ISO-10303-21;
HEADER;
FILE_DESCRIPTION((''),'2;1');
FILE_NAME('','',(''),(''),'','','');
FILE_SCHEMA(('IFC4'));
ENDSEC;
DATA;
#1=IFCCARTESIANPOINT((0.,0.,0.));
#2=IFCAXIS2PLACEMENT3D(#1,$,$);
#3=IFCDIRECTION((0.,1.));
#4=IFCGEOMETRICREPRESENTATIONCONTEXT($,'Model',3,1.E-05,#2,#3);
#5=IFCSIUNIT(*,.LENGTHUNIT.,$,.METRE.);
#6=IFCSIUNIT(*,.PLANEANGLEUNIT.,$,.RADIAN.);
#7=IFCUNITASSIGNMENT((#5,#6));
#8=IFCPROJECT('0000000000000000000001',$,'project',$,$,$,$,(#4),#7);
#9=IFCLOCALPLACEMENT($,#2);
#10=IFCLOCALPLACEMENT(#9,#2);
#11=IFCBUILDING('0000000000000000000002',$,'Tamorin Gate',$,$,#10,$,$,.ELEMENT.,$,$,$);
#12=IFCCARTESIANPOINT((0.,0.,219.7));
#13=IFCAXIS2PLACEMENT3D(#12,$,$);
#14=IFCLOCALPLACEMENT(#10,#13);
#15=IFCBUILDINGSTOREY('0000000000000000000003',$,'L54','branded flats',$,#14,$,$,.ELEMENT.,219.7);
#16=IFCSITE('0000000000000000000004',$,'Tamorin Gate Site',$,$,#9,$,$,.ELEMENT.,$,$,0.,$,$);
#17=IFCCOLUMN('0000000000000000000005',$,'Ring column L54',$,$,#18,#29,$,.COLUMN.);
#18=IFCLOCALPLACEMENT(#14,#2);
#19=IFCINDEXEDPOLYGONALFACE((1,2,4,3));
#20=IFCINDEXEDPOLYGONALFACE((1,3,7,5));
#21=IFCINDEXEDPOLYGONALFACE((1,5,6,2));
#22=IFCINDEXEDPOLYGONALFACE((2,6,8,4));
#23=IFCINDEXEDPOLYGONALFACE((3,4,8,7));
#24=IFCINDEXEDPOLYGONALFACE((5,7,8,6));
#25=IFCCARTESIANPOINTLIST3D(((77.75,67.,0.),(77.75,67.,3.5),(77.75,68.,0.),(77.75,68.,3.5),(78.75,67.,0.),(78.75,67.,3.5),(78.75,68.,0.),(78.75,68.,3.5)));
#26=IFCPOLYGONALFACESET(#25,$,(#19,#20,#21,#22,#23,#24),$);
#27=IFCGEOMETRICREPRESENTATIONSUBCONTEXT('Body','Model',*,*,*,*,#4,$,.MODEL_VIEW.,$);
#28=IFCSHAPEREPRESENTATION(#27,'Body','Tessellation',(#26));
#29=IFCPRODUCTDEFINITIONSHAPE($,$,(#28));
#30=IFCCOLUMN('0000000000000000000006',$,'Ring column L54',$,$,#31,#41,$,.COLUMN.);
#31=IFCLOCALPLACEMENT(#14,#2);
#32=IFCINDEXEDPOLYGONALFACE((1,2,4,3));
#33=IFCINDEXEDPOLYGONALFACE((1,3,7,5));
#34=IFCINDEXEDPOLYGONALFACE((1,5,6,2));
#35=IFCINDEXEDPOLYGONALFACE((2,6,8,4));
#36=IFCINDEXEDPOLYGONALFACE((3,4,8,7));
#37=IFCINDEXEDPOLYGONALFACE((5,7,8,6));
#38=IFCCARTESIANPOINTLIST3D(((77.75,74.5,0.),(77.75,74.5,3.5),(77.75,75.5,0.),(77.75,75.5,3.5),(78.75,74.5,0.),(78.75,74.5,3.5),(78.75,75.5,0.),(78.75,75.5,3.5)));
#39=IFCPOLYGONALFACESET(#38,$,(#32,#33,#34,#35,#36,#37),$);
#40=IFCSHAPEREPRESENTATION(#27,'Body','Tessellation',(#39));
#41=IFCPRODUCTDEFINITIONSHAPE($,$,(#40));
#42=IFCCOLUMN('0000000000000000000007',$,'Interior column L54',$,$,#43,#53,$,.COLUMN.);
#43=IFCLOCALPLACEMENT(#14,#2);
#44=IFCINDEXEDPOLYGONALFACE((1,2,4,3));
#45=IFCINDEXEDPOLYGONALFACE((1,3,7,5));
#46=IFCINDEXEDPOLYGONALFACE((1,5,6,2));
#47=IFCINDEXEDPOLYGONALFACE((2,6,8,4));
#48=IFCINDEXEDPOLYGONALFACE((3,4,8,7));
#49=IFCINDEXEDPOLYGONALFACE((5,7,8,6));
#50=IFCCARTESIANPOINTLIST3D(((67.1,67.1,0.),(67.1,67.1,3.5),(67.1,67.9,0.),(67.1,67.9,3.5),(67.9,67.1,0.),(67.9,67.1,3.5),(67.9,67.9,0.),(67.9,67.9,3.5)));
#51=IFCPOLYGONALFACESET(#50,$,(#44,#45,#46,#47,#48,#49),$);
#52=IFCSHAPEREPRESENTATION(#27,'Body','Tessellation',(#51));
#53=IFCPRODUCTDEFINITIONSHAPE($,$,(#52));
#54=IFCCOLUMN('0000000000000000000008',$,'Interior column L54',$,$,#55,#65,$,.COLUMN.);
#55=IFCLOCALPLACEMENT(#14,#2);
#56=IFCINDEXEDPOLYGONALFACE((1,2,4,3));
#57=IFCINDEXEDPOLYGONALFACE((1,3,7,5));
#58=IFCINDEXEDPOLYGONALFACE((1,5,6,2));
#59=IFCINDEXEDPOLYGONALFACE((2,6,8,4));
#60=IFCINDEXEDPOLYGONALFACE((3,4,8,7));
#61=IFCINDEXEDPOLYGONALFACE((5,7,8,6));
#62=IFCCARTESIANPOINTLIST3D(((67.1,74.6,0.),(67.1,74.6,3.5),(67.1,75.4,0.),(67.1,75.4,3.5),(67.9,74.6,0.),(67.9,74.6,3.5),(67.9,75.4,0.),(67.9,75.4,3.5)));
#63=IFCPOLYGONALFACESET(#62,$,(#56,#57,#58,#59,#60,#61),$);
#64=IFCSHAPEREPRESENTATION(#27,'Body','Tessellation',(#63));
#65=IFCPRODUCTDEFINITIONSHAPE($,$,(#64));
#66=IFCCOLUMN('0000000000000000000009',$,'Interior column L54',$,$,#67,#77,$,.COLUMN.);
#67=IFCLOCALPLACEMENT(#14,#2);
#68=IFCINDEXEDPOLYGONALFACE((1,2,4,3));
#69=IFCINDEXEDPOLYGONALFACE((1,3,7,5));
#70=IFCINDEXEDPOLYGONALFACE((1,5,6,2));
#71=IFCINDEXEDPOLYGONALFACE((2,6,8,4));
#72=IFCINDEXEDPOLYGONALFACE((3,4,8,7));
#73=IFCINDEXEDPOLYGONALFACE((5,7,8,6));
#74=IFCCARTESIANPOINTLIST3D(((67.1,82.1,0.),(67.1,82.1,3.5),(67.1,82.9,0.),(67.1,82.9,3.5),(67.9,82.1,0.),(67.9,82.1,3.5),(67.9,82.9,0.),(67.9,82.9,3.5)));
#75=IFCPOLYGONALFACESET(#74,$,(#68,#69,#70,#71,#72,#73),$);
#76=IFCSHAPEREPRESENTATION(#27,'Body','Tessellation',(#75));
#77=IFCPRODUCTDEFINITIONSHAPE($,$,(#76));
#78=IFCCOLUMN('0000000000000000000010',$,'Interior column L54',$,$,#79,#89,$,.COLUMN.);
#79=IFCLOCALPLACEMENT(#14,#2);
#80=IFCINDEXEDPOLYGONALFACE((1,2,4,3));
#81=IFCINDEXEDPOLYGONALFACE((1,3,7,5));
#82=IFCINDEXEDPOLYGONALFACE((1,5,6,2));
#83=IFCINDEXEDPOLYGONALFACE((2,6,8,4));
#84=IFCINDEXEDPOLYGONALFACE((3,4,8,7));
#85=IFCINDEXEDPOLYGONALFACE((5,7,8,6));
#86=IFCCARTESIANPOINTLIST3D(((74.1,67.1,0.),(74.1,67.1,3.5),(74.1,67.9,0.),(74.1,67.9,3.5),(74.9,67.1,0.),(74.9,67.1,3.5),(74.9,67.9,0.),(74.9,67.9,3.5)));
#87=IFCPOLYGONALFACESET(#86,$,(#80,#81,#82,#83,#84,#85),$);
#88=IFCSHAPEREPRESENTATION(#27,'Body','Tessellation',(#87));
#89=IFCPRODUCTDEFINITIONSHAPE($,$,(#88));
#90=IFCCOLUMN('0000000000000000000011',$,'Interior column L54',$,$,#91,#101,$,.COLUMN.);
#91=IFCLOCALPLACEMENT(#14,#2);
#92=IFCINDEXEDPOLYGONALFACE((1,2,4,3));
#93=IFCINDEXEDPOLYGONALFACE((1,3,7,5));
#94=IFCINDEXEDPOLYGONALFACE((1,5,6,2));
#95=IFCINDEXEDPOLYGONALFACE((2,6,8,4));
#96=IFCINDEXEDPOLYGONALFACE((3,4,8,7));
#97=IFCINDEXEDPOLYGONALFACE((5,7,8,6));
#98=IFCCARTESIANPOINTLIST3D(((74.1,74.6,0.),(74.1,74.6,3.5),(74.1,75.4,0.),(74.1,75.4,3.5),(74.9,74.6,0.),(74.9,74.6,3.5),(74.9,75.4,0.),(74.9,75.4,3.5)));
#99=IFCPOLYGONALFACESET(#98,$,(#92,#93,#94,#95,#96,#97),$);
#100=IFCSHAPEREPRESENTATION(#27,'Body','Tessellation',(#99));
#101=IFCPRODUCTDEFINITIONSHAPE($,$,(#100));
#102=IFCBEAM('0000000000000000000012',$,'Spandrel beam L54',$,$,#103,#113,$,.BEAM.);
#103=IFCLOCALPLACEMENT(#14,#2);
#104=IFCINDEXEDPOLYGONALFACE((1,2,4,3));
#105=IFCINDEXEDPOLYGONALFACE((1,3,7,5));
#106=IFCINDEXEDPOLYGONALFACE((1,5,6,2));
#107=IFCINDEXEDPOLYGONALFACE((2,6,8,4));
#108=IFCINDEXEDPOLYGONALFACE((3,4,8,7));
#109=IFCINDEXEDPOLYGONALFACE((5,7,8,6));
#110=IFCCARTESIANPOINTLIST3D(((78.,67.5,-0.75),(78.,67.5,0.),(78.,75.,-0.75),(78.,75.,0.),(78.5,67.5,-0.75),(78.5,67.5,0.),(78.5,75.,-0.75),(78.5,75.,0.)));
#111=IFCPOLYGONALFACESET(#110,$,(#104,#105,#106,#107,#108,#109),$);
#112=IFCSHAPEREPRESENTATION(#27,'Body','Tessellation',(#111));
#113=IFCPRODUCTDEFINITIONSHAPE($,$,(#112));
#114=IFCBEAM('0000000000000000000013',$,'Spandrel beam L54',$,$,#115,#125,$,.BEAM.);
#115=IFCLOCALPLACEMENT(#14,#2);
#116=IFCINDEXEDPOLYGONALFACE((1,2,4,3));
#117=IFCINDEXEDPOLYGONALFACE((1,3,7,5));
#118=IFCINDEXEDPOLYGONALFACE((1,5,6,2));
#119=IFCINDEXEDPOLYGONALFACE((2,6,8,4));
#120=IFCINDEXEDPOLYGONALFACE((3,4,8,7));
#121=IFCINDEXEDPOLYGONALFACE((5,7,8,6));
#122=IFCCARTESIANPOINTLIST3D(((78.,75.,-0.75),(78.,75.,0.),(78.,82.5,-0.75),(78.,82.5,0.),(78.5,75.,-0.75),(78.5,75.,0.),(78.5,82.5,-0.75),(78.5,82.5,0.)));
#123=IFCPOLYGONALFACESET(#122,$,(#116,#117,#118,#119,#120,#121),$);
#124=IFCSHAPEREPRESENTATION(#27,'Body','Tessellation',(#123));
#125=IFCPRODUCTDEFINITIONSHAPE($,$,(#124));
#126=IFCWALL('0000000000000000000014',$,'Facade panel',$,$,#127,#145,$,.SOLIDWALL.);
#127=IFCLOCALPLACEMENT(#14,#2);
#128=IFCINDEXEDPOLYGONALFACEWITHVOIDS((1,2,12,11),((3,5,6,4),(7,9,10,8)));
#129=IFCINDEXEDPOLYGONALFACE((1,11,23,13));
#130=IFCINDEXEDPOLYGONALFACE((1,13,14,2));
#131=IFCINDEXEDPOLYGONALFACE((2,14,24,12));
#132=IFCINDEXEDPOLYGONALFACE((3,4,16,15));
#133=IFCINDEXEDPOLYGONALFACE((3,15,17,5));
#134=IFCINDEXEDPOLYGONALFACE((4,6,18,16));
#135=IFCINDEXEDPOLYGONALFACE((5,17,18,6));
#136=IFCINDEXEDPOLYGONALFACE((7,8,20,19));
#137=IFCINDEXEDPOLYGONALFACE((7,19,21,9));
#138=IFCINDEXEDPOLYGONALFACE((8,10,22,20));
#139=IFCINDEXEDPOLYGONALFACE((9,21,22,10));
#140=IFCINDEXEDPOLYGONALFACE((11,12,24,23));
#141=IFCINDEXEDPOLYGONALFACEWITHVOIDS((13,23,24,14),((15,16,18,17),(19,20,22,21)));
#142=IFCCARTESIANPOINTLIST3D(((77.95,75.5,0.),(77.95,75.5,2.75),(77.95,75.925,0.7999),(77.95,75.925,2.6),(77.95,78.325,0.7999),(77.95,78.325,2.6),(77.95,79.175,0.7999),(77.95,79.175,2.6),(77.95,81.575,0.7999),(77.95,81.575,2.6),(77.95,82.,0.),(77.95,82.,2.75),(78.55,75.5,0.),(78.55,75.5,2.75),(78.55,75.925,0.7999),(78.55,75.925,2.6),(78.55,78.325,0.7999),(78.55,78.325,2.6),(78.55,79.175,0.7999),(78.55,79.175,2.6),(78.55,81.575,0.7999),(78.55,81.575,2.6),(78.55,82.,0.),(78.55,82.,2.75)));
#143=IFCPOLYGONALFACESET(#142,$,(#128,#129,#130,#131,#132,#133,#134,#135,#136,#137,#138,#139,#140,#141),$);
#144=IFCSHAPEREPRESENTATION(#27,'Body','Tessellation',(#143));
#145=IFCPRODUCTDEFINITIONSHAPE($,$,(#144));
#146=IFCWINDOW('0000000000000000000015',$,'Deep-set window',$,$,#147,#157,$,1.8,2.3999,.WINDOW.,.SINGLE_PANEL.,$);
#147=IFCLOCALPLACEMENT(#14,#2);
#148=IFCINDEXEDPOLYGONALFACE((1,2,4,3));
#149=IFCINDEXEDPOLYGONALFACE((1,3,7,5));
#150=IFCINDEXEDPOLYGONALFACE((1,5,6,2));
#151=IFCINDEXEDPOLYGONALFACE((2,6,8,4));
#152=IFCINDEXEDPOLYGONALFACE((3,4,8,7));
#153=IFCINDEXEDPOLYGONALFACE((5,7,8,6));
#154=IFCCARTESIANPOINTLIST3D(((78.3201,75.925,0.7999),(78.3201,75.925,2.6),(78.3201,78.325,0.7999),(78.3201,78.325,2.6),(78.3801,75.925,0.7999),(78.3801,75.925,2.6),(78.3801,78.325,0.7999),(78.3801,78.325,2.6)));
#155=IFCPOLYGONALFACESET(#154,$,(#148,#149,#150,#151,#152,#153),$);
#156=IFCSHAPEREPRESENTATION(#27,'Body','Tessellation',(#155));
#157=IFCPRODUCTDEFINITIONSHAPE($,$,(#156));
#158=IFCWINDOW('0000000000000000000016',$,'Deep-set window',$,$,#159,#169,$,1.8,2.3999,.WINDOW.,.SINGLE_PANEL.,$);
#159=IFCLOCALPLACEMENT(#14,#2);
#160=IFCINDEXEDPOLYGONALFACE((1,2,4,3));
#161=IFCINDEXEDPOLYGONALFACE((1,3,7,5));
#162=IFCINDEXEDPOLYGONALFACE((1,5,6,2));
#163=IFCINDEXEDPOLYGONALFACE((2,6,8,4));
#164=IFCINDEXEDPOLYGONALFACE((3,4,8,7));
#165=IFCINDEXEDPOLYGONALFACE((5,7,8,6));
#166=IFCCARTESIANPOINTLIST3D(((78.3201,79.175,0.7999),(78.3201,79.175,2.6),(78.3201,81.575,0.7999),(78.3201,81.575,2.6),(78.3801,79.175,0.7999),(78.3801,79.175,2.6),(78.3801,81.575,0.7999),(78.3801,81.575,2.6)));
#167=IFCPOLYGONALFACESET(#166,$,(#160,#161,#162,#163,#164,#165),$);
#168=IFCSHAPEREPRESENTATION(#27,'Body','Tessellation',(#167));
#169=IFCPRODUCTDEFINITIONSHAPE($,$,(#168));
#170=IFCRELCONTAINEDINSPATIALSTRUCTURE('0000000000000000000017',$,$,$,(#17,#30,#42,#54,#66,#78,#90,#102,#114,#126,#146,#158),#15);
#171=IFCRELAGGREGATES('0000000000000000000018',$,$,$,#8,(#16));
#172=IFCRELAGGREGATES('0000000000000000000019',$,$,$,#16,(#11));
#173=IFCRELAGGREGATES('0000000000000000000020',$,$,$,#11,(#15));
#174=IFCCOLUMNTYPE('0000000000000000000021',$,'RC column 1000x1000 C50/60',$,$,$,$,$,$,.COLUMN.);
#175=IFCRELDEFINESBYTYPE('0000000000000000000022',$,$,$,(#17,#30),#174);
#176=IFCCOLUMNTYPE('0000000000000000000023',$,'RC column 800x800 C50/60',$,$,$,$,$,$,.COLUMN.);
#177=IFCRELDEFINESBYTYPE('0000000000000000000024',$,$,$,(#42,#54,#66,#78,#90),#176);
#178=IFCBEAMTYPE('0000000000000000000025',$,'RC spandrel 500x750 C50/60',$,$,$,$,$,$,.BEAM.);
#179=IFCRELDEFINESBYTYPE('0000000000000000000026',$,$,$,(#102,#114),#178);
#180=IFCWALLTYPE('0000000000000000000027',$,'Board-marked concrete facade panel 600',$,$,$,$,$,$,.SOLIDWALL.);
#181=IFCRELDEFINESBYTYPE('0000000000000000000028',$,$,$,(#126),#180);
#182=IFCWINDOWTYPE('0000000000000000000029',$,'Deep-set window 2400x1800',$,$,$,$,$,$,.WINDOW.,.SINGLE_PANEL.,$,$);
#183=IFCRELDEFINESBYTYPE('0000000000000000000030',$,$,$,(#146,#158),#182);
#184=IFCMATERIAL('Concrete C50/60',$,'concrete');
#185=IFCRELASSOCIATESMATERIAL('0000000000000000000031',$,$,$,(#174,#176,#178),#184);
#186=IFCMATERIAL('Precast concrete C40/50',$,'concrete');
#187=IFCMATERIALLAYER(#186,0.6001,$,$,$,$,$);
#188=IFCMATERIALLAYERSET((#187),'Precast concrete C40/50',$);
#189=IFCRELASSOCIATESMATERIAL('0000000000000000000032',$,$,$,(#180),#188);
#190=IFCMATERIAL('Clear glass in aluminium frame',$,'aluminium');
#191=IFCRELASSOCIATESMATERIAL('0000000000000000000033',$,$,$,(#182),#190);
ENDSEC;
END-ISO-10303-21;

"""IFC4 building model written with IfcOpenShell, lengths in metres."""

from ifc_helpers import new_model, si_unit, direction, frame, frame_2d, origin, origin_2d, place, context, subcontext, project, spatial, rectangle, extrude, material, layer, layer_set, material_profile, profile_set, type_object, element, fill, save


model = new_model("IFC4")

# Units and contexts
model_context = context("Model", 3, precision=1e-05, world=origin(), true_north=direction((0.0, 1.0)))
body_context = subcontext(model_context, "Body", "Model", "MODEL_VIEW")
ifc_project = project(units=[si_unit("LENGTHUNIT", "METRE"), si_unit("PLANEANGLEUNIT", "RADIAN")], contexts=[model_context])

# Site, building, storey
site_placement = place(None, origin())
site = spatial("IfcSite", under=ifc_project, at=site_placement, Name="Tamorin Gate Site", CompositionType="ELEMENT", RefElevation=0.0)
building_placement = place(site_placement, origin())
building = spatial("IfcBuilding", under=site, at=building_placement, Name="Tamorin Gate", CompositionType="ELEMENT")
storey_placement = place(building_placement, frame((0.0, 0.0, 219.7)))
storey = spatial("IfcBuildingStorey", under=building, at=storey_placement, Name="L54", Description="branded flats", CompositionType="ELEMENT", Elevation=219.7)

# Columns
ifc_material_1 = material(Name="Concrete C50/60", Category="concrete")
ifc_material_profile_1 = material_profile(ifc_material_1, rectangle(XDim=1.0, YDim=1.0, at=origin_2d()), Name="RC 1000x1000")
ifc_profile_set_1 = profile_set([ifc_material_profile_1], Name="Concrete C50/60")
column_type_1 = type_object("IfcColumnType", Name="RC column 1000x1000 C50/60", PredefinedType="COLUMN", material=ifc_profile_set_1)
for number, where, z_axis, x_axis, name in (
    (1, (78.25, 67.5, 0.0), (0.0, 0.0, 1.0), (1.0, 0.0, 0.0), "Ring column L54"),
    (2, (78.25, 75.0, 0.0), (0.0, 0.0, 1.0), (1.0, 0.0, 0.0), "Ring column L54"),
):
    element("IfcColumn", number, at=place(storey_placement, frame(where, z_axis=z_axis, x_axis=x_axis)), inside=storey, type_object=column_type_1, Name=name, PredefinedType="COLUMN", context=body_context, shape_type="SweptSolid", body=[
        extrude(rectangle(XDim=1.0, YDim=1.0, at=origin_2d()), origin(), (0.0, 0.0, 1.0), 3.5),
    ])
ifc_material_profile_2 = material_profile(ifc_material_1, rectangle(XDim=0.8, YDim=0.8, at=origin_2d()), Name="RC 800x800")
ifc_profile_set_2 = profile_set([ifc_material_profile_2], Name="Concrete C50/60")
column_type_2 = type_object("IfcColumnType", Name="RC column 800x800 C50/60", PredefinedType="COLUMN", material=ifc_profile_set_2)
for number, where, z_axis, x_axis, name in (
    (3, (67.5, 67.5, 0.0), (0.0, 0.0, 1.0), (1.0, 0.0, 0.0), "Interior column L54"),
    (4, (67.5, 75.0, 0.0), (0.0, 0.0, 1.0), (1.0, 0.0, 0.0), "Interior column L54"),
    (5, (67.5, 82.5, 0.0), (0.0, 0.0, 1.0), (1.0, 0.0, 0.0), "Interior column L54"),
    (6, (74.5, 67.5, 0.0), (0.0, 0.0, 1.0), (1.0, 0.0, 0.0), "Interior column L54"),
    (7, (74.5, 75.0, 0.0), (0.0, 0.0, 1.0), (1.0, 0.0, 0.0), "Interior column L54"),
):
    element("IfcColumn", number, at=place(storey_placement, frame(where, z_axis=z_axis, x_axis=x_axis)), inside=storey, type_object=column_type_2, Name=name, PredefinedType="COLUMN", context=body_context, shape_type="SweptSolid", body=[
        extrude(rectangle(XDim=0.8, YDim=0.8, at=origin_2d()), origin(), (0.0, 0.0, 1.0), 3.5),
    ])

# Beams
ifc_material_profile_3 = material_profile(ifc_material_1, rectangle(XDim=0.5, YDim=0.75, at=origin_2d()), Name="RC 500x750")
ifc_profile_set_3 = profile_set([ifc_material_profile_3], Name="Concrete C50/60")
beam_type = type_object("IfcBeamType", Name="RC spandrel 500x750 C50/60", PredefinedType="BEAM", material=ifc_profile_set_3)
for number, where, z_axis, x_axis, name in (
    (8, (78.25, 67.5, -0.375), (0.0, 1.0, 0.0), (-1.0, 0.0, 0.0), "Spandrel beam L54"),
    (9, (78.25, 75.0, -0.375), (0.0, 1.0, 0.0), (-1.0, 0.0, 0.0), "Spandrel beam L54"),
):
    element("IfcBeam", number, at=place(storey_placement, frame(where, z_axis=z_axis, x_axis=x_axis)), inside=storey, type_object=beam_type, Name=name, PredefinedType="BEAM", context=body_context, shape_type="SweptSolid", body=[
        extrude(rectangle(XDim=0.5, YDim=0.75, at=origin_2d()), origin(), (0.0, 0.0, 1.0), 7.5),
    ])

# Shared definitions
ifc_material_2 = material(Name="Precast concrete C40/50", Category="concrete")
ifc_layer_1 = layer(ifc_material_2, 0.6001)
ifc_layer_set_1 = layer_set([ifc_layer_1], Name="Precast concrete C40/50")
wall_type_1 = type_object("IfcWallType", Name="Board-marked concrete facade panel 600", PredefinedType="SOLIDWALL", material=ifc_layer_set_1)
ifc_material_3 = material(Name="Clear glass in aluminium frame", Category="aluminium")
window_type = type_object("IfcWindowType", Name="Deep-set window 2400x1800", PartitioningType="SINGLE_PANEL", PredefinedType="WINDOW", material=ifc_material_3)

# Wall, openings, windows
wall_1_placement = place(storey_placement, frame((78.25, 75.5, 0.0), z_axis=(0.0, 0.0, 1.0), x_axis=(0.0, 1.0, 0.0)))
wall_1 = element("IfcWall", 10, at=wall_1_placement, inside=storey, type_object=wall_type_1, Name="Facade panel", PredefinedType="SOLIDWALL", context=body_context, shape_type="SweptSolid", body=[
    extrude(rectangle(XDim=6.5, YDim=0.6001, at=frame_2d((3.25, 0.0))), origin(), (0.0, 0.0, 1.0), 2.75),
])
opening_1_placement = place(wall_1_placement, frame((0.425, 0.0, 0.8)))
opening_1 = element("IfcOpeningElement", 11, at=opening_1_placement, cuts=wall_1, PredefinedType="OPENING", context=body_context, shape_type="SweptSolid", body=[
    extrude(rectangle(XDim=2.3999, YDim=1.8, at=frame_2d((1.2, 0.8999))), frame((0.0, 0.3101, 0.0), z_axis=(0.0, -1.0, 0.0), x_axis=(1.0, 0.0, 0.0)), (0.0, 0.0, 1.0), 0.6201),
])
opening_2_placement = place(wall_1_placement, frame((3.675, 0.0, 0.8)))
opening_2 = element("IfcOpeningElement", 12, at=opening_2_placement, cuts=wall_1, PredefinedType="OPENING", context=body_context, shape_type="SweptSolid", body=[
    extrude(rectangle(XDim=2.3999, YDim=1.8, at=frame_2d((1.2, 0.8999))), frame((0.0, 0.3101, 0.0), z_axis=(0.0, -1.0, 0.0), x_axis=(1.0, 0.0, 0.0)), (0.0, 0.0, 1.0), 0.6201),
])
window_1_placement = place(opening_1_placement, origin())
window_1 = element("IfcWindow", 13, at=window_1_placement, inside=storey, type_object=window_type, Name="Deep-set window", OverallHeight=1.8, OverallWidth=2.3999, PartitioningType="SINGLE_PANEL", PredefinedType="WINDOW", context=body_context, shape_type="SweptSolid", body=[
    extrude(rectangle(XDim=2.3999, YDim=1.8, at=frame_2d((1.2, 0.8999))), frame((0.0, -0.0701, 0.0), z_axis=(0.0, -1.0, 0.0), x_axis=(1.0, 0.0, 0.0)), (0.0, 0.0, 1.0), 0.0601),
])
fill(opening_1, window_1)
window_2_placement = place(opening_2_placement, origin())
window_2 = element("IfcWindow", 14, at=window_2_placement, inside=storey, type_object=window_type, Name="Deep-set window", OverallHeight=1.8, OverallWidth=2.3999, PartitioningType="SINGLE_PANEL", PredefinedType="WINDOW", context=body_context, shape_type="SweptSolid", body=[
    extrude(rectangle(XDim=2.3999, YDim=1.8, at=frame_2d((1.2, 0.8999))), frame((0.0, -0.0701, 0.0), z_axis=(0.0, -1.0, 0.0), x_axis=(1.0, 0.0, 0.0)), (0.0, 0.0, 1.0), 0.0601),
])
fill(opening_2, window_2)

save(model, "model.ifc")
